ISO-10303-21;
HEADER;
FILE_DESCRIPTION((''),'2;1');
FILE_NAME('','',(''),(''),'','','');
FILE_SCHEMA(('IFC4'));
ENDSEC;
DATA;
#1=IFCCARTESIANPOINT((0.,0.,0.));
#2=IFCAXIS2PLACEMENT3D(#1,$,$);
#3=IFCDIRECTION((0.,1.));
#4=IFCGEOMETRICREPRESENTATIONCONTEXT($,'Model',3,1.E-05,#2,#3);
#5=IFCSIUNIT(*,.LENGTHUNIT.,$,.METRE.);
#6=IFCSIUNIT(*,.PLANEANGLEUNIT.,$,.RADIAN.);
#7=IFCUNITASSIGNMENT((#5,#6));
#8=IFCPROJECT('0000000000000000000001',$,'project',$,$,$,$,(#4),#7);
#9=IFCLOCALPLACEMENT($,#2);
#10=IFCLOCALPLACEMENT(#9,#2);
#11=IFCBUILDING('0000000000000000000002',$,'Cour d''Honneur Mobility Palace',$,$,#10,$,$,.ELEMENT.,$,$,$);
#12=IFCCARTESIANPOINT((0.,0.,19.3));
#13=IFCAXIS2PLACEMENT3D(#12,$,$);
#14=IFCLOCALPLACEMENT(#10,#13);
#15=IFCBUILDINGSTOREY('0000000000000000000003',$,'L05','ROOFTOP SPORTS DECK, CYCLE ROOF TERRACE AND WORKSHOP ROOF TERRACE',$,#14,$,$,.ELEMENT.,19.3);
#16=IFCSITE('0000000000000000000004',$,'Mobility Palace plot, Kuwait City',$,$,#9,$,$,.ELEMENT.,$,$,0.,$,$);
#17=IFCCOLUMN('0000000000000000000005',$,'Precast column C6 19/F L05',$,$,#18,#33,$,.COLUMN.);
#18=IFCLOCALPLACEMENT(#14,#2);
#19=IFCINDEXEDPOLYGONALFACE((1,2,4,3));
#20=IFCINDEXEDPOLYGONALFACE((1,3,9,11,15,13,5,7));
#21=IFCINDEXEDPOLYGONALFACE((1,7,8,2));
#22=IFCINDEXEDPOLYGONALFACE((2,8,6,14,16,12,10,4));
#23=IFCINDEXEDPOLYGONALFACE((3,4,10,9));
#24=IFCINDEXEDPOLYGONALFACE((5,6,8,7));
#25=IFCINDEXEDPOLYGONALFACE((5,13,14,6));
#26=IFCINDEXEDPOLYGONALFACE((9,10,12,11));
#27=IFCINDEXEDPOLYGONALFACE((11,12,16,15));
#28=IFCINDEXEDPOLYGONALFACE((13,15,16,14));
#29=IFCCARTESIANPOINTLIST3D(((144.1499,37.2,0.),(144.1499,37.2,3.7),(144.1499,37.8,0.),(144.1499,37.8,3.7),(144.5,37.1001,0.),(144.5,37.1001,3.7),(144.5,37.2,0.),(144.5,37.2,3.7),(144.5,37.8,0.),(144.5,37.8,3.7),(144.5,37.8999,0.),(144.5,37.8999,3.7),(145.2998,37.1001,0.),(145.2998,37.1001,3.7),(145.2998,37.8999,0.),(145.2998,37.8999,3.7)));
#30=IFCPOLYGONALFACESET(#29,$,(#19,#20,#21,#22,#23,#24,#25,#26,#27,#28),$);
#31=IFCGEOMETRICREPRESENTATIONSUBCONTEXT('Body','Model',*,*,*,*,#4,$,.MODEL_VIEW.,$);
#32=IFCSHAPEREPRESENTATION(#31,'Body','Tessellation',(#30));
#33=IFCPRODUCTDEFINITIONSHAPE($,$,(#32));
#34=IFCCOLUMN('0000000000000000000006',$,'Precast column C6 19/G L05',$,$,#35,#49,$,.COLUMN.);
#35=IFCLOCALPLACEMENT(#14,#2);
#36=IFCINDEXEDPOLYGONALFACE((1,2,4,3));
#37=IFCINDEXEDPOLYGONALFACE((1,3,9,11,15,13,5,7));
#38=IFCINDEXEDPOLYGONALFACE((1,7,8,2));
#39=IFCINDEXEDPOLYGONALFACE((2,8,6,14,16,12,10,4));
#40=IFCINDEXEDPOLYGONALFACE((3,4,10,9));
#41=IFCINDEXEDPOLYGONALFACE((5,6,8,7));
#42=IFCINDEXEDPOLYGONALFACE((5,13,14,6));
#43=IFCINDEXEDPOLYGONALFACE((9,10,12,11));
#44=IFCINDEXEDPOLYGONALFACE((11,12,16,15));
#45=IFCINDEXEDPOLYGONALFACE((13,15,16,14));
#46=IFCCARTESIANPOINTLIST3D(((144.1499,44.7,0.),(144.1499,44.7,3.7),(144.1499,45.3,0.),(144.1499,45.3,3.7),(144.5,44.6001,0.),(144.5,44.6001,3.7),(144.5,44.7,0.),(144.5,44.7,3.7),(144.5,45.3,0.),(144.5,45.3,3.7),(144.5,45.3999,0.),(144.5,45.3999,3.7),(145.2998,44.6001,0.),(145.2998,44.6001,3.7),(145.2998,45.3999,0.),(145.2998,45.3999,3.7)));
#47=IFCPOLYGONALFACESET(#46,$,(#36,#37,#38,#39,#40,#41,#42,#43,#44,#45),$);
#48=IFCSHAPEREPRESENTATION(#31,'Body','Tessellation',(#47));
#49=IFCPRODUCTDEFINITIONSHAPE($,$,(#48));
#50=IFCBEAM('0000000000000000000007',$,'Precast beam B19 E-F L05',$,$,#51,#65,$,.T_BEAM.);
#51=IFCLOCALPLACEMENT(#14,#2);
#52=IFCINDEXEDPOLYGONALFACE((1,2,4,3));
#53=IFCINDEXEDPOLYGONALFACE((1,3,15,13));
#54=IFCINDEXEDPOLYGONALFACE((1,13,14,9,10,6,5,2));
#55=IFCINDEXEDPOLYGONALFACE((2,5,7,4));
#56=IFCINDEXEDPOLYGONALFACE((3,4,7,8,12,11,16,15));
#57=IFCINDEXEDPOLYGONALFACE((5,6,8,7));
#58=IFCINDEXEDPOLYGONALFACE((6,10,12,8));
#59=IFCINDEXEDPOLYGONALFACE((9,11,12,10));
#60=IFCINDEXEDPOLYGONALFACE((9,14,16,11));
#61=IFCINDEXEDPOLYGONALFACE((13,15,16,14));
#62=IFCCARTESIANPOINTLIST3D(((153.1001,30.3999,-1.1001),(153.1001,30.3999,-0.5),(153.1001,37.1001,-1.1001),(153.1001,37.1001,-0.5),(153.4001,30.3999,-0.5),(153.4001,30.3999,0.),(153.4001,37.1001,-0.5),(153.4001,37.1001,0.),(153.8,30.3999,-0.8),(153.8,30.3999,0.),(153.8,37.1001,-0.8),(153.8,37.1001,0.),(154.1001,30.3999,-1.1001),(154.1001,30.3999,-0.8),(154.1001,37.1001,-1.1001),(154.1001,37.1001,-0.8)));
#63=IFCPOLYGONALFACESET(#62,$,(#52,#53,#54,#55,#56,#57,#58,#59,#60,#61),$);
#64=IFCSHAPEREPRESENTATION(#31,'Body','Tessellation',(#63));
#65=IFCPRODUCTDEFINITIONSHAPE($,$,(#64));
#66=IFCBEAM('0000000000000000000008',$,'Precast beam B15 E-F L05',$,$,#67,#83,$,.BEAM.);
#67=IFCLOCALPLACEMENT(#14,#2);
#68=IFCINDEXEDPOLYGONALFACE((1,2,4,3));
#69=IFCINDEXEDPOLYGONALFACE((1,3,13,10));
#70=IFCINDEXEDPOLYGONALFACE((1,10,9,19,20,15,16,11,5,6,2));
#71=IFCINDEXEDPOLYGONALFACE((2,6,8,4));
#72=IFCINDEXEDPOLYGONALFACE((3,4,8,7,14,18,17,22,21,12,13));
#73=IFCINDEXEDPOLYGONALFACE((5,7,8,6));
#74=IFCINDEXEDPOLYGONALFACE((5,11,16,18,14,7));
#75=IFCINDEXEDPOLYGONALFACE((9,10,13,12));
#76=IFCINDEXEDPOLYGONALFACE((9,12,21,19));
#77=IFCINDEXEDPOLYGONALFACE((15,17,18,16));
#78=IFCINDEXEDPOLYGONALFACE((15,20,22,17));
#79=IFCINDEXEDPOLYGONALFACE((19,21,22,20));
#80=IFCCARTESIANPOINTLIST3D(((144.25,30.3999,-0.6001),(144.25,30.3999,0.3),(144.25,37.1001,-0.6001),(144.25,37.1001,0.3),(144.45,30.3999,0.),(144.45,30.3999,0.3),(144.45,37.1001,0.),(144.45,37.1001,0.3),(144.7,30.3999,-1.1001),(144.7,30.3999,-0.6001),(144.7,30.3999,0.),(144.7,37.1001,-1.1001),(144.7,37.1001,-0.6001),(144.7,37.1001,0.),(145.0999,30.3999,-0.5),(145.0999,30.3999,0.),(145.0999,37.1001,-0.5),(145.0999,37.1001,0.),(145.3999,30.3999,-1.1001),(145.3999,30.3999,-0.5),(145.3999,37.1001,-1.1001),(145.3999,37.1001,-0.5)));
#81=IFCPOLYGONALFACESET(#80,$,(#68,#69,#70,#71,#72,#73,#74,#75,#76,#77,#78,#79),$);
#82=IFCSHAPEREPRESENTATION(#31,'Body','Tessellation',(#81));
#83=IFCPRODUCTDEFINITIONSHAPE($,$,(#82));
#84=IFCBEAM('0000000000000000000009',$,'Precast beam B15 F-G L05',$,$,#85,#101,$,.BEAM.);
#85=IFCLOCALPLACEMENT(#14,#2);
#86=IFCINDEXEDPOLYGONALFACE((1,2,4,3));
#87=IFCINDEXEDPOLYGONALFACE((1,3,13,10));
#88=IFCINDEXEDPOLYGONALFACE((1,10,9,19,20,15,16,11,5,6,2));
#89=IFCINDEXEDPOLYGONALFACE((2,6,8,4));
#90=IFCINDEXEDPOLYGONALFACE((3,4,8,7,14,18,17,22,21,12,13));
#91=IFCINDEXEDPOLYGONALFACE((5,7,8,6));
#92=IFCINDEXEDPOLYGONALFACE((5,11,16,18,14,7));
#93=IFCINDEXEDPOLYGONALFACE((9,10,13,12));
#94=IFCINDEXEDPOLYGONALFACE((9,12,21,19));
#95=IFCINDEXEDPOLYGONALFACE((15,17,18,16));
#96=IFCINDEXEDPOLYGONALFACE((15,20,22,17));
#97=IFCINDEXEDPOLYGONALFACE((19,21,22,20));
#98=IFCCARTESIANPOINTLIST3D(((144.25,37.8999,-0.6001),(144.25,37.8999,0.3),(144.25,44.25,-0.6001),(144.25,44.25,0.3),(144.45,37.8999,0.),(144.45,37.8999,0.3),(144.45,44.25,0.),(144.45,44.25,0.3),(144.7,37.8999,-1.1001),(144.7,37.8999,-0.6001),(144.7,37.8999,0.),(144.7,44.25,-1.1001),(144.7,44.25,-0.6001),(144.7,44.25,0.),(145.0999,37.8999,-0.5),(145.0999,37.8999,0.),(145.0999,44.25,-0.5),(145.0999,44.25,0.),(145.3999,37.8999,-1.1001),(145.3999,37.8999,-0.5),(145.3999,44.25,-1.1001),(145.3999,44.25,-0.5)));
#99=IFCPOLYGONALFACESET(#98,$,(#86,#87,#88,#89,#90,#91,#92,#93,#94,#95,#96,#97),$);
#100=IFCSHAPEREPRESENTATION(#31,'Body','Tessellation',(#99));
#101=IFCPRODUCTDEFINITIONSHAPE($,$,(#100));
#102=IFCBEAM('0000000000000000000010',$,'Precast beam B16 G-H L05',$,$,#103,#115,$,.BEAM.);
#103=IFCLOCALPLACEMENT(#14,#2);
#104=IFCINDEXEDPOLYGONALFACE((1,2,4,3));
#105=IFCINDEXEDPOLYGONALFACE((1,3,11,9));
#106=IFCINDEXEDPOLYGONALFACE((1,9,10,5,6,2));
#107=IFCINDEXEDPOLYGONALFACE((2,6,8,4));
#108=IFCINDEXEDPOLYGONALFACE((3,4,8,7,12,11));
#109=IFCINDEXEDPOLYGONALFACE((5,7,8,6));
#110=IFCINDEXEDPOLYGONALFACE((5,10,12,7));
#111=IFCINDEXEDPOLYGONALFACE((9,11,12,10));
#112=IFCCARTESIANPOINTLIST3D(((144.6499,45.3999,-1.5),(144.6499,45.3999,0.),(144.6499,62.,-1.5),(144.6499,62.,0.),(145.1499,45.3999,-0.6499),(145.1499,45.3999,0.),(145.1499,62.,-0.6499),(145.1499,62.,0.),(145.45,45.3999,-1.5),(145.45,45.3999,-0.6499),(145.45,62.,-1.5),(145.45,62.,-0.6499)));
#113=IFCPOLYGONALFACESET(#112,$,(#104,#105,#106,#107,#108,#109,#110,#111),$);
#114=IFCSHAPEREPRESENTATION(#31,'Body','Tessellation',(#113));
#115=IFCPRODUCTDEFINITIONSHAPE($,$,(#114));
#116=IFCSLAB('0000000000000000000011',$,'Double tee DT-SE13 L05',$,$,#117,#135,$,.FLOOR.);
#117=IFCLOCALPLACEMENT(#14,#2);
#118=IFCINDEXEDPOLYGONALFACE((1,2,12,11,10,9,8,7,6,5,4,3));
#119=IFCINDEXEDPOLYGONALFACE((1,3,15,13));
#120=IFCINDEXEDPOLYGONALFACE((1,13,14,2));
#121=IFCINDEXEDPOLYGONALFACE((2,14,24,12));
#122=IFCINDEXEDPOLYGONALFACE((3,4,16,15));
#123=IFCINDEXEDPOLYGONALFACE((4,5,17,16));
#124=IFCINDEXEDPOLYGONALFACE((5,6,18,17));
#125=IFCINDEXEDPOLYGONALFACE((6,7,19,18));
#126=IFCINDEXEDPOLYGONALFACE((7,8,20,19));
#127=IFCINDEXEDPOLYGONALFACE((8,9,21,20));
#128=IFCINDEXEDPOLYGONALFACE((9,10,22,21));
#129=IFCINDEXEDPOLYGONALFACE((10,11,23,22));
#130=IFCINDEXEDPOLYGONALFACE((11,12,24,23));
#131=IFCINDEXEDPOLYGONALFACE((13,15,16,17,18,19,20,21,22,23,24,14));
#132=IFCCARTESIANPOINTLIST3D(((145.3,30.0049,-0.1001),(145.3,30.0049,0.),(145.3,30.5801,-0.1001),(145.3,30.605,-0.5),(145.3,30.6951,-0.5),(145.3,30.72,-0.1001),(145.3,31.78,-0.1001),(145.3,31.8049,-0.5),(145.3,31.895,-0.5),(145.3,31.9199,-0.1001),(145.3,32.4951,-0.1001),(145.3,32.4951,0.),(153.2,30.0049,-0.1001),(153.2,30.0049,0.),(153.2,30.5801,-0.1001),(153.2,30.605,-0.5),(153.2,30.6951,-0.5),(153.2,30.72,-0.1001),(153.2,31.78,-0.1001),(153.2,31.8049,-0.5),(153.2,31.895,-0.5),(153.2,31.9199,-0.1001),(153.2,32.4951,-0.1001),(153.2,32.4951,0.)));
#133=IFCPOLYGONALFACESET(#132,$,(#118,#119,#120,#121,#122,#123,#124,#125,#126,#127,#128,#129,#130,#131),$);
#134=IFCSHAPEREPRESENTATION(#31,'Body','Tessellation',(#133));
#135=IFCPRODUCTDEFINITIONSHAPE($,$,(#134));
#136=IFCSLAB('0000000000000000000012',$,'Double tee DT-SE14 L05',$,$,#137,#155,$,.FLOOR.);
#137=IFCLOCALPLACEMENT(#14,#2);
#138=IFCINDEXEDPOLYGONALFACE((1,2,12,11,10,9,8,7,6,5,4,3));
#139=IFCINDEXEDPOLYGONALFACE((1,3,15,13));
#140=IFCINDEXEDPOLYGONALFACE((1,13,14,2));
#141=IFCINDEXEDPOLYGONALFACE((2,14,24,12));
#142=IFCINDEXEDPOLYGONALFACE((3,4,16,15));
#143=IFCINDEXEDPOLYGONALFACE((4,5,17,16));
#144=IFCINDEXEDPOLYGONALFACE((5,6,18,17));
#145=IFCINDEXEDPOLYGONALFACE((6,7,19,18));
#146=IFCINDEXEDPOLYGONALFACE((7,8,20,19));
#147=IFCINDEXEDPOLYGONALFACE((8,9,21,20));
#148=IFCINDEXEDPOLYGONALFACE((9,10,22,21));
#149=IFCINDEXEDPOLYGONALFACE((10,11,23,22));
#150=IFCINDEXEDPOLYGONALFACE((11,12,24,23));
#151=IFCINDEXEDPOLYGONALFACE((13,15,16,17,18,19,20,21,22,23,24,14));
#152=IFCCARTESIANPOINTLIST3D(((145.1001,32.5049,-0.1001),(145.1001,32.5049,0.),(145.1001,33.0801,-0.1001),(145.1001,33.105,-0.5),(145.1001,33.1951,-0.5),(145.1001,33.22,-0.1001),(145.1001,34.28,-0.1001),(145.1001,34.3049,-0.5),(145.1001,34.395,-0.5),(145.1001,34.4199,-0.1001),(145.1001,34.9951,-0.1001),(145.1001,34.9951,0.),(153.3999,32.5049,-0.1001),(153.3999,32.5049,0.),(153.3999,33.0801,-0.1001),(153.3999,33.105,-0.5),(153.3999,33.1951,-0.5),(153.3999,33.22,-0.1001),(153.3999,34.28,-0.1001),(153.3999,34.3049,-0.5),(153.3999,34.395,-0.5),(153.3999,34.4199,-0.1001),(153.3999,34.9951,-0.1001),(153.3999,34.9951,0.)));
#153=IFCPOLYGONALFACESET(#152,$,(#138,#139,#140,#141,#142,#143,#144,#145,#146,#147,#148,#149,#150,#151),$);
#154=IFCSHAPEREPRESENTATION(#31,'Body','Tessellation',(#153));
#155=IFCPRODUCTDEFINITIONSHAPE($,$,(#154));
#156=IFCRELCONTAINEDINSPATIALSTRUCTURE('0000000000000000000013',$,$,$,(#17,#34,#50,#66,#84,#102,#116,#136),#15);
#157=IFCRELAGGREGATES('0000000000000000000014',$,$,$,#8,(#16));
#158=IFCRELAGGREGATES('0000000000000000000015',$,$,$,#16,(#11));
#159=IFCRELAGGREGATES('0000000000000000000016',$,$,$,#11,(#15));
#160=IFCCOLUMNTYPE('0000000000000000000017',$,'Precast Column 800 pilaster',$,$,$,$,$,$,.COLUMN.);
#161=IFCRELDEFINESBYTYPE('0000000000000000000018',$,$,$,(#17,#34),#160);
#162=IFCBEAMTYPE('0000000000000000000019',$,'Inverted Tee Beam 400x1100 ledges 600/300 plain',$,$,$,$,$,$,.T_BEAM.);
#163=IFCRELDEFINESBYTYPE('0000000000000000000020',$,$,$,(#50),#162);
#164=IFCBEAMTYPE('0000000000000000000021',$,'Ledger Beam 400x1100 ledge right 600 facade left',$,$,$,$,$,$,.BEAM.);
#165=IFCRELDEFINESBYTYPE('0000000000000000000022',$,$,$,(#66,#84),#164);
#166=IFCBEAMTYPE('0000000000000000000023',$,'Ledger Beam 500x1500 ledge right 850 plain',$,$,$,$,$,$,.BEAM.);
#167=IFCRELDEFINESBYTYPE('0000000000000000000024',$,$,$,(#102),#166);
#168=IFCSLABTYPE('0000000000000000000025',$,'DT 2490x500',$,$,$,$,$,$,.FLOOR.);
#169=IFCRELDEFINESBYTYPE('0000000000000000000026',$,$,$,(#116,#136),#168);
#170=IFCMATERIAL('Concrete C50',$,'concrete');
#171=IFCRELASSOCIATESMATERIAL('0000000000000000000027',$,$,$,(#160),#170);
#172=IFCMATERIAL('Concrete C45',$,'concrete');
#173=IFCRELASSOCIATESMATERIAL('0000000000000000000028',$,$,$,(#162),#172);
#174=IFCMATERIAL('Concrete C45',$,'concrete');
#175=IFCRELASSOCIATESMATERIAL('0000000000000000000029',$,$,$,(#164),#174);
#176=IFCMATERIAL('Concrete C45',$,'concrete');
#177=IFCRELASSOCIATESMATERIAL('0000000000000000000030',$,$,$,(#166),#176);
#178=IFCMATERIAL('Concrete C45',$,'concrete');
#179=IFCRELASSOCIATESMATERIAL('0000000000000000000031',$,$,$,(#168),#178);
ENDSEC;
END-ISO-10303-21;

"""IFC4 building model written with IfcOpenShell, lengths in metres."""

from ifc_helpers import new_model, si_unit, direction, frame, origin, place, context, subcontext, project, spatial, polyline, outline, extrude, material, material_profile, profile_set, type_object, element, save


model = new_model("IFC4")

# Units and contexts
model_context = context("Model", 3, precision=1e-05, world=origin(), true_north=direction((0.0, 1.0)))
body_context = subcontext(model_context, "Body", "Model", "MODEL_VIEW")
ifc_project = project(units=[si_unit("LENGTHUNIT", "METRE"), si_unit("PLANEANGLEUNIT", "RADIAN")], contexts=[model_context])

# Site, building, storey
site_placement = place(None, origin())
site = spatial("IfcSite", under=ifc_project, at=site_placement, Name="Mobility Palace plot, Kuwait City", CompositionType="ELEMENT", RefElevation=0.0)
building_placement = place(site_placement, origin())
building = spatial("IfcBuilding", under=site, at=building_placement, Name="Cour d'Honneur Mobility Palace", CompositionType="ELEMENT")
storey_placement = place(building_placement, frame((0.0, 0.0, 19.3)))
storey = spatial("IfcBuildingStorey", under=building, at=storey_placement, Name="L05", Description="ROOFTOP SPORTS DECK, CYCLE ROOF TERRACE AND WORKSHOP ROOF TERRACE", CompositionType="ELEMENT", Elevation=19.3)

# Columns
ifc_material_1 = material(Name="Concrete C50", Category="concrete")
ifc_material_profile_1 = material_profile(ifc_material_1, outline(polyline([(-0.3999, -0.3999), (0.3999, -0.3999), (0.3999, -0.3), (0.75, -0.3), (0.75, 0.3), (0.3999, 0.3), (0.3999, 0.3999), (-0.3999, 0.3999), (-0.3999, -0.3999)])), Name="PC C800 pilaster")
ifc_profile_set_1 = profile_set([ifc_material_profile_1], Name="Concrete C50")
column_type = type_object("IfcColumnType", Name="Precast Column 800 pilaster", PredefinedType="COLUMN", material=ifc_profile_set_1)
for number, where, z_axis, x_axis, name in (
    (1, (144.8999, 37.5, 0.0), (0.0, 0.0, 1.0), (-1.0, 0.0, 0.0), "Precast column C6 19/F L05"),
    (2, (144.8999, 45.0, 0.0), (0.0, 0.0, 1.0), (-1.0, 0.0, 0.0), "Precast column C6 19/G L05"),
):
    element("IfcColumn", number, at=place(storey_placement, frame(where, z_axis=z_axis, x_axis=x_axis)), inside=storey, type_object=column_type, Name=name, PredefinedType="COLUMN", context=body_context, shape_type="SweptSolid", body=[
        extrude(outline(polyline([(-0.3999, -0.3999), (0.3999, -0.3999), (0.3999, -0.3), (0.75, -0.3), (0.75, 0.3), (0.3999, 0.3), (0.3999, 0.3999), (-0.3999, 0.3999), (-0.3999, -0.3999)])), origin(), (0.0, 0.0, 1.0), 3.7),
    ])

# Beams
ifc_material_2 = material(Name="Concrete C45", Category="concrete")
ifc_material_profile_2 = material_profile(ifc_material_2, outline(polyline([(0.5, -1.1001), (0.5, -0.5), (0.2, -0.5), (0.2, 0.0), (-0.2, 0.0), (-0.2, -0.8), (-0.5, -0.8), (-0.5, -1.1001), (0.5, -1.1001)])), Name="Inverted Tee Beam 400x1100 ledges 600/300 plain")
ifc_profile_set_2 = profile_set([ifc_material_profile_2], Name="Concrete C45")
beam_type_1 = type_object("IfcBeamType", Name="Inverted Tee Beam 400x1100 ledges 600/300 plain", PredefinedType="T_BEAM", material=ifc_profile_set_2)
beam_1_placement = place(storey_placement, frame((153.6001, 30.3999, 0.0), z_axis=(0.0, 1.0, 0.0), x_axis=(-1.0, 0.0, 0.0)))
element("IfcBeam", 3, at=beam_1_placement, inside=storey, type_object=beam_type_1, Name="Precast beam B19 E-F L05", PredefinedType="T_BEAM", context=body_context, shape_type="SweptSolid", body=[
    extrude(outline(polyline([(0.5, -1.1001), (0.5, -0.5), (0.2, -0.5), (0.2, 0.0), (-0.2, 0.0), (-0.2, -0.8), (-0.5, -0.8), (-0.5, -1.1001), (0.5, -1.1001)])), origin(), (0.0, 0.0, 1.0), 6.7002),
])
ifc_material_3 = material(Name="Concrete C45", Category="concrete")
ifc_material_profile_3 = material_profile(ifc_material_3, outline(polyline([(0.2, -1.1001), (0.2, -0.6001), (0.6499, -0.6001), (0.6499, 0.3), (0.45, 0.3), (0.45, 0.0), (0.2, 0.0), (-0.2, 0.0), (-0.2, -0.5), (-0.5, -0.5), (-0.5, -1.1001), (0.2, -1.1001)])), Name="Ledger Beam 400x1100 ledge right 600 facade left")
ifc_profile_set_3 = profile_set([ifc_material_profile_3], Name="Concrete C45")
beam_type_2 = type_object("IfcBeamType", Name="Ledger Beam 400x1100 ledge right 600 facade left", PredefinedType="BEAM", material=ifc_profile_set_3)
beam_2_placement = place(storey_placement, frame((144.8999, 30.3999, 0.0), z_axis=(0.0, 1.0, 0.0), x_axis=(-1.0, 0.0, 0.0)))
element("IfcBeam", 4, at=beam_2_placement, inside=storey, type_object=beam_type_2, Name="Precast beam B15 E-F L05", PredefinedType="BEAM", context=body_context, shape_type="SweptSolid", body=[
    extrude(outline(polyline([(0.2, -1.1001), (0.2, -0.6001), (0.6499, -0.6001), (0.6499, 0.3), (0.45, 0.3), (0.45, 0.0), (0.2, 0.0), (-0.2, 0.0), (-0.2, -0.5), (-0.5, -0.5), (-0.5, -1.1001), (0.2, -1.1001)])), origin(), (0.0, 0.0, 1.0), 6.7002),
])
beam_3_placement = place(storey_placement, frame((144.8999, 37.8999, 0.0), z_axis=(0.0, 1.0, 0.0), x_axis=(-1.0, 0.0, 0.0)))
element("IfcBeam", 5, at=beam_3_placement, inside=storey, type_object=beam_type_2, Name="Precast beam B15 F-G L05", PredefinedType="BEAM", context=body_context, shape_type="SweptSolid", body=[
    extrude(outline(polyline([(0.2, -1.1001), (0.2, -0.6001), (0.6499, -0.6001), (0.6499, 0.3), (0.45, 0.3), (0.45, 0.0), (0.2, 0.0), (-0.2, 0.0), (-0.2, -0.5), (-0.5, -0.5), (-0.5, -1.1001), (0.2, -1.1001)])), origin(), (0.0, 0.0, 1.0), 6.3501),
])
ifc_material_4 = material(Name="Concrete C45", Category="concrete")
ifc_material_profile_4 = material_profile(ifc_material_4, outline(polyline([(0.25, -1.5), (0.25, 0.0), (-0.25, 0.0), (-0.25, -0.6499), (-0.55, -0.6499), (-0.55, -1.5), (0.25, -1.5)])), Name="Ledger Beam 500x1500 ledge right 850 plain")
ifc_profile_set_4 = profile_set([ifc_material_profile_4], Name="Concrete C45")
beam_type_3 = type_object("IfcBeamType", Name="Ledger Beam 500x1500 ledge right 850 plain", PredefinedType="BEAM", material=ifc_profile_set_4)
beam_4_placement = place(storey_placement, frame((144.8999, 45.3999, 0.0), z_axis=(0.0, 1.0, 0.0), x_axis=(-1.0, 0.0, 0.0)))
element("IfcBeam", 6, at=beam_4_placement, inside=storey, type_object=beam_type_3, Name="Precast beam B16 G-H L05", PredefinedType="BEAM", context=body_context, shape_type="SweptSolid", body=[
    extrude(outline(polyline([(0.25, -1.5), (0.25, 0.0), (-0.25, 0.0), (-0.25, -0.6499), (-0.55, -0.6499), (-0.55, -1.5), (0.25, -1.5)])), origin(), (0.0, 0.0, 1.0), 16.6001),
])

# Slabs
ifc_material_5 = material(Name="Concrete C45", Category="concrete")
ifc_material_profile_5 = material_profile(ifc_material_5, outline(polyline([(-1.2451, 0.0), (1.2451, 0.0), (1.2451, -0.1001), (0.6699, -0.1001), (0.645, -0.5), (0.5549, -0.5), (0.53, -0.1001), (-0.53, -0.1001), (-0.5549, -0.5), (-0.645, -0.5), (-0.6699, -0.1001), (-1.2451, -0.1001), (-1.2451, 0.0)])), Name="DT 2490x500")
ifc_profile_set_5 = profile_set([ifc_material_profile_5], Name="Concrete C45")
slab_type = type_object("IfcSlabType", Name="DT 2490x500", PredefinedType="FLOOR", material=ifc_profile_set_5)
slab_1_placement = place(storey_placement, frame((145.3, 31.25, 0.0), z_axis=(1.0, 0.0, 0.0), x_axis=(0.0, 1.0, 0.0)))
element("IfcSlab", 7, at=slab_1_placement, inside=storey, type_object=slab_type, Name="Double tee DT-SE13 L05", PredefinedType="FLOOR", context=body_context, shape_type="SweptSolid", body=[
    extrude(outline(polyline([(-1.2451, 0.0), (1.2451, 0.0), (1.2451, -0.1001), (0.6699, -0.1001), (0.645, -0.5), (0.5549, -0.5), (0.53, -0.1001), (-0.53, -0.1001), (-0.5549, -0.5), (-0.645, -0.5), (-0.6699, -0.1001), (-1.2451, -0.1001), (-1.2451, 0.0)])), origin(), (0.0, 0.0, 1.0), 7.8999),
])
slab_2_placement = place(storey_placement, frame((145.1001, 33.75, 0.0), z_axis=(1.0, 0.0, 0.0), x_axis=(0.0, 1.0, 0.0)))
element("IfcSlab", 8, at=slab_2_placement, inside=storey, type_object=slab_type, Name="Double tee DT-SE14 L05", PredefinedType="FLOOR", context=body_context, shape_type="SweptSolid", body=[
    extrude(outline(polyline([(-1.2451, 0.0), (1.2451, 0.0), (1.2451, -0.1001), (0.6699, -0.1001), (0.645, -0.5), (0.5549, -0.5), (0.53, -0.1001), (-0.53, -0.1001), (-0.5549, -0.5), (-0.645, -0.5), (-0.6699, -0.1001), (-1.2451, -0.1001), (-1.2451, 0.0)])), origin(), (0.0, 0.0, 1.0), 8.2998),
])

save(model, "model.ifc")
